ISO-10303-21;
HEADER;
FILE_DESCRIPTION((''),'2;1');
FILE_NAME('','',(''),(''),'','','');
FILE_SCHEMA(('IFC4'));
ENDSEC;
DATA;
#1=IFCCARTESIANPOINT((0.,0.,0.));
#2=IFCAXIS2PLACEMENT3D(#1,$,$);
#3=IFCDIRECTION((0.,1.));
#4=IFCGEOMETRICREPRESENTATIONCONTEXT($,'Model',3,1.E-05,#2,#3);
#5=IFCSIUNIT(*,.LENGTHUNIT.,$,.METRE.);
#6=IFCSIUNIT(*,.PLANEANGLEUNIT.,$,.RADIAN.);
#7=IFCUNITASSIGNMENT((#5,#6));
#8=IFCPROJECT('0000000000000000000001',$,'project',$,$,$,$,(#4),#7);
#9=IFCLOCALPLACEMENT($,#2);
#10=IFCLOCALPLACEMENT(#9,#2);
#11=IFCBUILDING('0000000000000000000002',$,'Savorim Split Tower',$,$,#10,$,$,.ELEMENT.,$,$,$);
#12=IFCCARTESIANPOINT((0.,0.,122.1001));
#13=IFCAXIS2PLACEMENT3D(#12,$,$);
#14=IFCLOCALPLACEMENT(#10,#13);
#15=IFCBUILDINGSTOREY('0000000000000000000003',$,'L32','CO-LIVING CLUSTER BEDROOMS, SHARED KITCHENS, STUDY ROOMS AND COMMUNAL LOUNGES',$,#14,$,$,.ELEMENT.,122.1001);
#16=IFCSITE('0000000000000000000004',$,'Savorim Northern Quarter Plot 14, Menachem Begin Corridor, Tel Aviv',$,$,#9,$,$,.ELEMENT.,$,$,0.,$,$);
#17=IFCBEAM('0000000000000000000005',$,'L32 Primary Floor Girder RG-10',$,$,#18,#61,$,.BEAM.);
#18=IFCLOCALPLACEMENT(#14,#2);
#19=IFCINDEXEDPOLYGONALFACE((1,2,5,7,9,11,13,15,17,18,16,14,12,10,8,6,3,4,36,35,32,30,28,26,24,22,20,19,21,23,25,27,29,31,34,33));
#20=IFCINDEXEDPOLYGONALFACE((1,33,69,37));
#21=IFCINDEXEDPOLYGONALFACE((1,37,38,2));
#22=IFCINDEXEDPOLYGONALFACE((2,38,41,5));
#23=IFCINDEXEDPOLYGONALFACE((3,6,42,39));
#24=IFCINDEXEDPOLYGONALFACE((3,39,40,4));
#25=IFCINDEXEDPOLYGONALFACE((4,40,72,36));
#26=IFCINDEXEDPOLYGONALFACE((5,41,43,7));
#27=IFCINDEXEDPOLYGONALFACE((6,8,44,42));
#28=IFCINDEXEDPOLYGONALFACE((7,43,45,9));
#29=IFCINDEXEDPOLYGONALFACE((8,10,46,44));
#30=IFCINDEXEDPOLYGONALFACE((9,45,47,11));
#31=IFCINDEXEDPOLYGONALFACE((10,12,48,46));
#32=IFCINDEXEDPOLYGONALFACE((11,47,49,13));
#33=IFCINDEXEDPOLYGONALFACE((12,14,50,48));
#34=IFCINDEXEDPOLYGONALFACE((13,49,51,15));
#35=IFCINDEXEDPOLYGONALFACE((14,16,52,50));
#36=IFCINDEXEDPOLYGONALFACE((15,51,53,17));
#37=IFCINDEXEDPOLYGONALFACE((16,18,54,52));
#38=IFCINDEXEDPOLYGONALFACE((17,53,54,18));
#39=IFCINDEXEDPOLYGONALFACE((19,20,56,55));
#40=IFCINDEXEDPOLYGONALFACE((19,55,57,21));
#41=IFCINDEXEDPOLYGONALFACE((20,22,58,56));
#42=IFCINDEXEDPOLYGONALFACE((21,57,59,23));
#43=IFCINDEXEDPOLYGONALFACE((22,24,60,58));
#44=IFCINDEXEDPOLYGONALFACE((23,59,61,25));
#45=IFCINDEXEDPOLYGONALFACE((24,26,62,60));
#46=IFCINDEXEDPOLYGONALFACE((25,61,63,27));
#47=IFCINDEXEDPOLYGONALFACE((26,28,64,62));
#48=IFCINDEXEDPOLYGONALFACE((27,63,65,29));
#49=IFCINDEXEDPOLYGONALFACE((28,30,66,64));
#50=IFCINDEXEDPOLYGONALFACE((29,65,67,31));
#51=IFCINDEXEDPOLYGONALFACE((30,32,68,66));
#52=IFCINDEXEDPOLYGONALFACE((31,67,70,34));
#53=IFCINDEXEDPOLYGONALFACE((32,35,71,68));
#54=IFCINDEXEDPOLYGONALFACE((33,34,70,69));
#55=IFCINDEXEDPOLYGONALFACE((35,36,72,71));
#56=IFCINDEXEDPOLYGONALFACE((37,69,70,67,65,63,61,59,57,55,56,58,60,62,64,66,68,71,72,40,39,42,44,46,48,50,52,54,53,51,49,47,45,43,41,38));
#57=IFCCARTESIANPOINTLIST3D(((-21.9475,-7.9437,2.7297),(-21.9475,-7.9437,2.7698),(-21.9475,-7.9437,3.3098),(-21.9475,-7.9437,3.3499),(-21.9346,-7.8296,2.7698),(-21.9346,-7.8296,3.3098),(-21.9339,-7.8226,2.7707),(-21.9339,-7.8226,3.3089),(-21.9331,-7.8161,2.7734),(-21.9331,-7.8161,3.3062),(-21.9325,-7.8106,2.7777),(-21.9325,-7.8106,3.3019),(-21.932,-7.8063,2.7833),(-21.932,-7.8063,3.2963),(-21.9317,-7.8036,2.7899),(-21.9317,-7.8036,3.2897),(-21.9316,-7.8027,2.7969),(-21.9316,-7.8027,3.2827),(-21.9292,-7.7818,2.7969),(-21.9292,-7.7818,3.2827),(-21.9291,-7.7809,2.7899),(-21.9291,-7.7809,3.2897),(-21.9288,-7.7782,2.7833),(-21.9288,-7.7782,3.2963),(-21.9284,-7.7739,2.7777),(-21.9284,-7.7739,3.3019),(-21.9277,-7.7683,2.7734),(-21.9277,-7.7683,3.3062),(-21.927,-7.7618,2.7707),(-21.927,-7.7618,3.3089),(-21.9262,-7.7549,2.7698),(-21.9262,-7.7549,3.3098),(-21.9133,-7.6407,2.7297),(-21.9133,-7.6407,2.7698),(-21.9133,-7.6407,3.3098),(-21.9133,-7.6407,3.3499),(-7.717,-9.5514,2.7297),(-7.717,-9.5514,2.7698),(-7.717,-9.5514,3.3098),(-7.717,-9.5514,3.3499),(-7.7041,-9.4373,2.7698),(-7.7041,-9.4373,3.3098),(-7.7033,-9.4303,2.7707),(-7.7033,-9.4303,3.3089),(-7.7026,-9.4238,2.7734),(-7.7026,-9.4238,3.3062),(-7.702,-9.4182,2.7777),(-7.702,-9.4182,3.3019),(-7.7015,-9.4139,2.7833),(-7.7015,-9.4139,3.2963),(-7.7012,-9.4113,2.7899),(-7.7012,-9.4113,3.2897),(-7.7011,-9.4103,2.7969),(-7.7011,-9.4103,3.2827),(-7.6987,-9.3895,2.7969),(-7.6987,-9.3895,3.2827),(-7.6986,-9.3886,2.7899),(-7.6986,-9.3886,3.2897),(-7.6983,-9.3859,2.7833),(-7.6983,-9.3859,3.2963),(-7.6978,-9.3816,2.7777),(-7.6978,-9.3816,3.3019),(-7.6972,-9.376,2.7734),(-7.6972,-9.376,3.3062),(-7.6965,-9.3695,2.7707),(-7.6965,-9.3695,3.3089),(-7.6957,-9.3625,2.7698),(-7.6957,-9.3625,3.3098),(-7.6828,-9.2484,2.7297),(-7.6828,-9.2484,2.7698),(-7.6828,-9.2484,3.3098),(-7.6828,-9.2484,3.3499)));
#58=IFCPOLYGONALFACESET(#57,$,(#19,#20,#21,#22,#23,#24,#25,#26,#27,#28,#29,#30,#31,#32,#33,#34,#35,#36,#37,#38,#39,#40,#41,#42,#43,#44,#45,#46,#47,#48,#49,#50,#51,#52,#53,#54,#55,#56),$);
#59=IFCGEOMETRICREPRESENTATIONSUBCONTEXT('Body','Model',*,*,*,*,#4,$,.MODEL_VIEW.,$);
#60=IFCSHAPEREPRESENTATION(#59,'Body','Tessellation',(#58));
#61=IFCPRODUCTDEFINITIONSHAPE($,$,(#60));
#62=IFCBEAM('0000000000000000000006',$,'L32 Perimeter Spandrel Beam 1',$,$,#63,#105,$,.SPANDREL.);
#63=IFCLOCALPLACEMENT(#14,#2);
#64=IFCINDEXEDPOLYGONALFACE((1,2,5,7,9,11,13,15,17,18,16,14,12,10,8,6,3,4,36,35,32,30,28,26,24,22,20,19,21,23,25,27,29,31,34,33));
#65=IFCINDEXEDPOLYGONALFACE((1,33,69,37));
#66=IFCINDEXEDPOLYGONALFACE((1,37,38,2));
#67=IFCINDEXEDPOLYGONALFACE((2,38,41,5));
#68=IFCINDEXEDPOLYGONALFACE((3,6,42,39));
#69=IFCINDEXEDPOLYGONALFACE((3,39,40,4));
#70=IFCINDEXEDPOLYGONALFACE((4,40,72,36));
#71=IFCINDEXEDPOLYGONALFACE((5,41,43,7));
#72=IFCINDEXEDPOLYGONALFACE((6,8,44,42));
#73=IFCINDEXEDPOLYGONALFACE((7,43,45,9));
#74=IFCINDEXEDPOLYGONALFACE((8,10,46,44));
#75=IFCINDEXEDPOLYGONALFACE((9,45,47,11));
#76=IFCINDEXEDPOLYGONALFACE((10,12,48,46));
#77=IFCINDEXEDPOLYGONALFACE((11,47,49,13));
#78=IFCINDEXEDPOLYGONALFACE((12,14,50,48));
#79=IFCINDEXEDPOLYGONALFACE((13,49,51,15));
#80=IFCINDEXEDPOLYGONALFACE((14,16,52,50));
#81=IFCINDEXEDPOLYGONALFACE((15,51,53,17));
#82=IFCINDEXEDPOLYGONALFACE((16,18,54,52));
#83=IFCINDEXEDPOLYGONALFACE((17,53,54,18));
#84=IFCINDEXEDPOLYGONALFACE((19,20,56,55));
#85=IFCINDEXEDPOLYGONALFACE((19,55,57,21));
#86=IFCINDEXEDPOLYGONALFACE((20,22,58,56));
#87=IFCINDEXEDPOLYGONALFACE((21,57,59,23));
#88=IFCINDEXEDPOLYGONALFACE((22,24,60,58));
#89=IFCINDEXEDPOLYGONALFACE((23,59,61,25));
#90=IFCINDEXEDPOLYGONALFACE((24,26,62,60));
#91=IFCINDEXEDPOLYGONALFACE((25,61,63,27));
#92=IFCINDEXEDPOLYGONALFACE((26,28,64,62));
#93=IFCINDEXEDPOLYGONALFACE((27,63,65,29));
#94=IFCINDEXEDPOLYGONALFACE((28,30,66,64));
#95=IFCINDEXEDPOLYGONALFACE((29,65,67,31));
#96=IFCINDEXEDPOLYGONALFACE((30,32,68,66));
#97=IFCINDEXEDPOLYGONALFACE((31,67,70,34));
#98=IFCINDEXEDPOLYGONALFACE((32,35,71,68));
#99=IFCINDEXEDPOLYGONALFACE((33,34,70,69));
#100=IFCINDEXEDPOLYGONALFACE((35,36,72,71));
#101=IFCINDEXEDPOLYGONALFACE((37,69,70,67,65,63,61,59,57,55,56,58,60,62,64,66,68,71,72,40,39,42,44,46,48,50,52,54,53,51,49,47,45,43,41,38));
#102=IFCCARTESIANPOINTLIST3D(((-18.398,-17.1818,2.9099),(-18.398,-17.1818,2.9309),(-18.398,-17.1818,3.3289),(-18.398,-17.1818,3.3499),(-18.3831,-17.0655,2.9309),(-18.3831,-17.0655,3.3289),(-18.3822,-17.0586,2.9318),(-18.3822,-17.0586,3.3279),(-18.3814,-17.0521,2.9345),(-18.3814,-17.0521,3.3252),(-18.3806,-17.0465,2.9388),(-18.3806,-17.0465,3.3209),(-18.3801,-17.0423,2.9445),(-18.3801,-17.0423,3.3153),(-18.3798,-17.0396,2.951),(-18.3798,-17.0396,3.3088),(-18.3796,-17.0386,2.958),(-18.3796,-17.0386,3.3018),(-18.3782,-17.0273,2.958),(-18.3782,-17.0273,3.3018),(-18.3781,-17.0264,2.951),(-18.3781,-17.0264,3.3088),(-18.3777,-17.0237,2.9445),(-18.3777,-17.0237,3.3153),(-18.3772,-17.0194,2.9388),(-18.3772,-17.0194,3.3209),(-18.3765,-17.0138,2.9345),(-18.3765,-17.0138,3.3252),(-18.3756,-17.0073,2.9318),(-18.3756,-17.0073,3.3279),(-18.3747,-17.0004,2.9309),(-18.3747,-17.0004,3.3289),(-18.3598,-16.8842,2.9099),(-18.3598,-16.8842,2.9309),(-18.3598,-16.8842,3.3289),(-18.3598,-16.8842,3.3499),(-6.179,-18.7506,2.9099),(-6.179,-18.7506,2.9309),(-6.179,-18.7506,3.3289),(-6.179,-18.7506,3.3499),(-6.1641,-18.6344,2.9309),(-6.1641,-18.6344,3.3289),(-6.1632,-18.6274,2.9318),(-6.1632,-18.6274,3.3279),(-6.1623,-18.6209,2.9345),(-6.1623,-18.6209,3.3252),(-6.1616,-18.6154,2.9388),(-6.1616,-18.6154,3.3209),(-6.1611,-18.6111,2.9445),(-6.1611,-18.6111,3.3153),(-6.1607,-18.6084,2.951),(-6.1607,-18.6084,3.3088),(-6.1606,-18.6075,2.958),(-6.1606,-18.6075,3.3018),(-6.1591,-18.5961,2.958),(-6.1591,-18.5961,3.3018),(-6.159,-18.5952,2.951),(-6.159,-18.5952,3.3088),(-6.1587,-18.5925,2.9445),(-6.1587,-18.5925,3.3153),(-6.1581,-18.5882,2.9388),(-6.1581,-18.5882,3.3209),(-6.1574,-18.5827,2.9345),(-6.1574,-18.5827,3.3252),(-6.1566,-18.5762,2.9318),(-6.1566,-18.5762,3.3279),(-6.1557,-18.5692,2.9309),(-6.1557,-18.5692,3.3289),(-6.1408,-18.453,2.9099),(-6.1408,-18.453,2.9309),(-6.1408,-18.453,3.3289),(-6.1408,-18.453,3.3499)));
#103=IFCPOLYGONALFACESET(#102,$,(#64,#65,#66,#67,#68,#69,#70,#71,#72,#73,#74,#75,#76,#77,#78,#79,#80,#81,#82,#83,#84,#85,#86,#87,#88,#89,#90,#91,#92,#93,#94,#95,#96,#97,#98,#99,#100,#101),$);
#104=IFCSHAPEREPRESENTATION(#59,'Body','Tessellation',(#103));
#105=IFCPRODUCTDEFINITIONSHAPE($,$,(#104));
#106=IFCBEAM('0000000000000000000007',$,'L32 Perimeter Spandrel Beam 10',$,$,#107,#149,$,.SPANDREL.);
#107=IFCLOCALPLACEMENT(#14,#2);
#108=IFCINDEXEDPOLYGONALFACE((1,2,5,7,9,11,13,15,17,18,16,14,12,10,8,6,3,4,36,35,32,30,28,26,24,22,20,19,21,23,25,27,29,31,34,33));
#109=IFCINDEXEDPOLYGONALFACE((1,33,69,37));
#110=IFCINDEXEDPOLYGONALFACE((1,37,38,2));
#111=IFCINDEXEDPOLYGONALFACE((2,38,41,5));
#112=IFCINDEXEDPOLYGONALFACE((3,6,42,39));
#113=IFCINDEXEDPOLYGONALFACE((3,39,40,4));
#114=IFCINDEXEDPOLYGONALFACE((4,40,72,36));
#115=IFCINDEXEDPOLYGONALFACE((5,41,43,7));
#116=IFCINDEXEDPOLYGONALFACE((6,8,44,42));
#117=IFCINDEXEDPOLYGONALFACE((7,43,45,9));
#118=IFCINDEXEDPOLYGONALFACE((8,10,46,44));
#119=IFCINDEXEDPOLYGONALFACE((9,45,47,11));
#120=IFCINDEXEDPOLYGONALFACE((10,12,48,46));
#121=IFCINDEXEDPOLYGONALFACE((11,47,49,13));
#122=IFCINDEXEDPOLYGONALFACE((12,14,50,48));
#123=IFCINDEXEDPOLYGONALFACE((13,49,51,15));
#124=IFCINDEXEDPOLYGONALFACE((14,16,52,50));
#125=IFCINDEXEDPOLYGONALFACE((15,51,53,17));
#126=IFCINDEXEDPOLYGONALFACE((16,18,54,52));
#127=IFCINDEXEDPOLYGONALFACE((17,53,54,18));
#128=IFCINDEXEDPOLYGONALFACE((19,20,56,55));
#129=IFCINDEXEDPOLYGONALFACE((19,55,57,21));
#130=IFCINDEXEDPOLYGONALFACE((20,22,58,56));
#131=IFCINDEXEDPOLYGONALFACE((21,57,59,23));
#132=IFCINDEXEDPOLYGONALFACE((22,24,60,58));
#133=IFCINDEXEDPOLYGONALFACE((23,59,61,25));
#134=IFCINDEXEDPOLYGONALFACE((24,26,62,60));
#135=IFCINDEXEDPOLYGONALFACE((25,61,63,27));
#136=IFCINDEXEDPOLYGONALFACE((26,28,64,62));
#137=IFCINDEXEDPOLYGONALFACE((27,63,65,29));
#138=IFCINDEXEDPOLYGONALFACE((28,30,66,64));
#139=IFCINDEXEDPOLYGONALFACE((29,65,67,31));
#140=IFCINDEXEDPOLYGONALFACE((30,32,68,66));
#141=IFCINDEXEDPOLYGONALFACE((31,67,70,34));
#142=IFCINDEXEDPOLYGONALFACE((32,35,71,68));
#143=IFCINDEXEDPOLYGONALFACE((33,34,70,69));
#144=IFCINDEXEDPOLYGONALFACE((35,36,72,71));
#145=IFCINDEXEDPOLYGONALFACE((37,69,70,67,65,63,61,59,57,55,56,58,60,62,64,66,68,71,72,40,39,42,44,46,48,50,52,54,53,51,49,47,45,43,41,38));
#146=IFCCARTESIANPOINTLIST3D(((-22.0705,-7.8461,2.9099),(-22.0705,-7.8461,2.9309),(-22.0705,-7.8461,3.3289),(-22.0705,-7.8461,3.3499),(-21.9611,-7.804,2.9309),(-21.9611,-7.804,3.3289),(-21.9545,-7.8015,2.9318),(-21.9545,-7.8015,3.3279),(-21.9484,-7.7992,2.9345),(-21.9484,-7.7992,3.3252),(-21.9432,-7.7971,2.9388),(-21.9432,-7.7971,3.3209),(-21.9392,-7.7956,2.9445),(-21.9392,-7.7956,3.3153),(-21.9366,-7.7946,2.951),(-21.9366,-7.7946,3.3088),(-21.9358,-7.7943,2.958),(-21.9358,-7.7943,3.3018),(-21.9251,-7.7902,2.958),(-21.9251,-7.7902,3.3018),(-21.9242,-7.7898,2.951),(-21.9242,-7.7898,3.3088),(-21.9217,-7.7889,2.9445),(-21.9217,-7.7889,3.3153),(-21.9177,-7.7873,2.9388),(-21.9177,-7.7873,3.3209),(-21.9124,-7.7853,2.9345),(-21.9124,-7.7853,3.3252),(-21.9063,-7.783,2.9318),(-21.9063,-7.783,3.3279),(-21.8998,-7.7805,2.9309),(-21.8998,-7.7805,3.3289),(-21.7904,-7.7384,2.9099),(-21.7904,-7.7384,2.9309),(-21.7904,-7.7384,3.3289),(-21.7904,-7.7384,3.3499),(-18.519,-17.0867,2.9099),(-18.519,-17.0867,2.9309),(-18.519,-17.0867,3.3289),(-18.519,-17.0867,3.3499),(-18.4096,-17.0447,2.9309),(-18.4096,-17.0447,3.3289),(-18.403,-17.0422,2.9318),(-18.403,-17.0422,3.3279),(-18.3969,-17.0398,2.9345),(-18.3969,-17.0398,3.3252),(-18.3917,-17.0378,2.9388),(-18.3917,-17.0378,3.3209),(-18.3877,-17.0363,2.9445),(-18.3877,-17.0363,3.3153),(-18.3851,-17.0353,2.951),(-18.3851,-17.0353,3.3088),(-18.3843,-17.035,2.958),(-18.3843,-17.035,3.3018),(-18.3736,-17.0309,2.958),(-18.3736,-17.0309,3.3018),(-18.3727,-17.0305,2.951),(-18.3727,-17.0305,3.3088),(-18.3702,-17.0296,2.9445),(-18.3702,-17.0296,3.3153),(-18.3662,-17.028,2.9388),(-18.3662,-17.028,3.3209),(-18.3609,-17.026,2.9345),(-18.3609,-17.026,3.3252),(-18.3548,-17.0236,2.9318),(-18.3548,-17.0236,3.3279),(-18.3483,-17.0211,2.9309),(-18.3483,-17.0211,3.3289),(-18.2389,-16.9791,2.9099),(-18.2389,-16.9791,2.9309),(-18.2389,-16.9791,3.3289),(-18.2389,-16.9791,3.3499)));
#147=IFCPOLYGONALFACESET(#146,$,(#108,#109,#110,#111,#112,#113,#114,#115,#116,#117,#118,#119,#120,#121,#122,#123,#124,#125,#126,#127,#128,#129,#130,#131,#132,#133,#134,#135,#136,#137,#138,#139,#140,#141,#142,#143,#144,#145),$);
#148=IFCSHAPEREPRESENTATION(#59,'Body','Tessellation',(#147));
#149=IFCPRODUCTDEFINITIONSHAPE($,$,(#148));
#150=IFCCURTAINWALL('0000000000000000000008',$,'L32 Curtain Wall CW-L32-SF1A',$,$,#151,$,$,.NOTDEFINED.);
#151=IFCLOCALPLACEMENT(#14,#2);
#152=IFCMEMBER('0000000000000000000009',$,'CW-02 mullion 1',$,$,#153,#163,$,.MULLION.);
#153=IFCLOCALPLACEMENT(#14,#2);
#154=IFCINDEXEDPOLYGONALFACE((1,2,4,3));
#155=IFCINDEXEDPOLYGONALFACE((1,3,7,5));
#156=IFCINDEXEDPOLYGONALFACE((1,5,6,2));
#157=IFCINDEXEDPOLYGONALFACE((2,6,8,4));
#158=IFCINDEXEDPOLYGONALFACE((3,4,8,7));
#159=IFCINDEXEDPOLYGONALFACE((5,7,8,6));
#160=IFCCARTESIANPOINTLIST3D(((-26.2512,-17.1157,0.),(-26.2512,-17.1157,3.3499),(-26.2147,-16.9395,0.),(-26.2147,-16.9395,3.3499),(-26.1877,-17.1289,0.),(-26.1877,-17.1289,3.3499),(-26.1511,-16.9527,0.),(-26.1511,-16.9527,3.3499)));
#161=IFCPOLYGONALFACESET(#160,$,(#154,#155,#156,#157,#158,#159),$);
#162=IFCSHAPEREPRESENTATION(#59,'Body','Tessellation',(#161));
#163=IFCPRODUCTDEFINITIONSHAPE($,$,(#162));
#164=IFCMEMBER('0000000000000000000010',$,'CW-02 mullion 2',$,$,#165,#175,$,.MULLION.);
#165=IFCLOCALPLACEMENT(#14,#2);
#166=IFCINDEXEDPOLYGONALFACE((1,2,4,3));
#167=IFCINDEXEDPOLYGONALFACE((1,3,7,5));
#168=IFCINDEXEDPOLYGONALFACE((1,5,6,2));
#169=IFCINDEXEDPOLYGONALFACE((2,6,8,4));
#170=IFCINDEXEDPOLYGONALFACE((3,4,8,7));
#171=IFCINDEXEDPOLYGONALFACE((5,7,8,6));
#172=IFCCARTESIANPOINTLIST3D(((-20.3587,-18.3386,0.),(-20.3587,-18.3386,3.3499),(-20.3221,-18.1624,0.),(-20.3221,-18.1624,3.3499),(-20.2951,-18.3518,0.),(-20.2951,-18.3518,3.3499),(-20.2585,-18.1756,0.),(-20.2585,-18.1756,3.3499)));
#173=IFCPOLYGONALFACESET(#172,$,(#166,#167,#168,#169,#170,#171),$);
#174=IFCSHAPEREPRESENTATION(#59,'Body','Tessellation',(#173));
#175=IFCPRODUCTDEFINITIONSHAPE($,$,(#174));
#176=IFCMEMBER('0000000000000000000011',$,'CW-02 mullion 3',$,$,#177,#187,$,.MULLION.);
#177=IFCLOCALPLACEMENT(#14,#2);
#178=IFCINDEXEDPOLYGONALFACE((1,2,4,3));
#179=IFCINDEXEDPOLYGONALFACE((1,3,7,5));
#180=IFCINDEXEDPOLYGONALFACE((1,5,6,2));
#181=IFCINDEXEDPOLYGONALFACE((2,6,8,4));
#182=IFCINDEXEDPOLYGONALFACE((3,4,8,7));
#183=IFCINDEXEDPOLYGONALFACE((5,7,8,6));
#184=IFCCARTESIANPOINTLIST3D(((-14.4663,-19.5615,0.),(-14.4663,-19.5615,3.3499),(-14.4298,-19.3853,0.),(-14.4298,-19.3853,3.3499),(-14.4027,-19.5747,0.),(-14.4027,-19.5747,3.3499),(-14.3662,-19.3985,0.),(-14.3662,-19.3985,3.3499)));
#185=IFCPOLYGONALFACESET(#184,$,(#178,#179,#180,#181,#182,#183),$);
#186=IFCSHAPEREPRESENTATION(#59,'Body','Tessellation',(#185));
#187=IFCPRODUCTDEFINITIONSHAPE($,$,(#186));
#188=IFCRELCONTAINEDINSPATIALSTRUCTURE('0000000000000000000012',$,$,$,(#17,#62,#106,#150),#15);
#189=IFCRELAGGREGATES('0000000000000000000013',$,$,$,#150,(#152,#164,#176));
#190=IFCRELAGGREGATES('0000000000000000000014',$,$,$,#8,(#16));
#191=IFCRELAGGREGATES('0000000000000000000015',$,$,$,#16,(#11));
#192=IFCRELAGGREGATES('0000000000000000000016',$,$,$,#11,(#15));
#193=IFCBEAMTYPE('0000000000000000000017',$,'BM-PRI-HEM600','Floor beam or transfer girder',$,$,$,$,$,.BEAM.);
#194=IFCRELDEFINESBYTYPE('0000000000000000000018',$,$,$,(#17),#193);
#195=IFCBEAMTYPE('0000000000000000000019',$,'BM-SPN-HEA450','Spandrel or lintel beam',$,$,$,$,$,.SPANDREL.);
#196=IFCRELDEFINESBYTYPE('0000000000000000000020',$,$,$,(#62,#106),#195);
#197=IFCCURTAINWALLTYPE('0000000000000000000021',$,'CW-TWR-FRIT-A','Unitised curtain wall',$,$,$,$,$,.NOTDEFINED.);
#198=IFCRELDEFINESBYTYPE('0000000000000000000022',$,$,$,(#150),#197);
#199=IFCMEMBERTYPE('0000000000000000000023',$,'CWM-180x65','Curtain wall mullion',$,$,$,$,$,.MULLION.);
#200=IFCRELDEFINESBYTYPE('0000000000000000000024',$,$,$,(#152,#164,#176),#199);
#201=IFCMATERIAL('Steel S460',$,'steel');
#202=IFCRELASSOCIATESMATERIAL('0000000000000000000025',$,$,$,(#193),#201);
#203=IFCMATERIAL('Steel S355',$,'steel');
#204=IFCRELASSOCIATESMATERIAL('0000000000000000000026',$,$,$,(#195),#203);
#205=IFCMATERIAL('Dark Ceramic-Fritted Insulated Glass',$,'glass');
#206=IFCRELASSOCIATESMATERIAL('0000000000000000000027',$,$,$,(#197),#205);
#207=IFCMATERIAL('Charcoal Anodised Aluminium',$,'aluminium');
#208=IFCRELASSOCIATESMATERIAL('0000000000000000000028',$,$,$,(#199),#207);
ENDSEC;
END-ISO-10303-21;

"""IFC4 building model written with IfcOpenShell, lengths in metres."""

from ifc_helpers import new_model, si_unit, direction, frame, origin, origin_2d, place, context, subcontext, project, spatial, rectangle, i_section, extrude, material, material_profile, profile_set, type_object, element, aggregate, save


model = new_model("IFC4")

# Units and contexts
model_context = context("Model", 3, precision=1e-05, world=origin(), true_north=direction((0.0, 1.0)))
body_context = subcontext(model_context, "Body", "Model", "MODEL_VIEW")
ifc_project = project(units=[si_unit("LENGTHUNIT", "METRE"), si_unit("PLANEANGLEUNIT", "RADIAN")], contexts=[model_context])

# Site, building, storey
site_placement = place(None, origin())
site = spatial("IfcSite", under=ifc_project, at=site_placement, Name="Savorim Northern Quarter Plot 14, Menachem Begin Corridor, Tel Aviv", CompositionType="ELEMENT", RefElevation=0.0)
building_placement = place(site_placement, origin())
building = spatial("IfcBuilding", under=site, at=building_placement, Name="Savorim Split Tower", CompositionType="ELEMENT")
storey_placement = place(building_placement, frame((0.0, 0.0, 122.1001)))
storey = spatial("IfcBuildingStorey", under=building, at=storey_placement, Name="L32", Description="CO-LIVING CLUSTER BEDROOMS, SHARED KITCHENS, STUDY ROOMS AND COMMUNAL LOUNGES", CompositionType="ELEMENT", Elevation=122.1001)

# Shared definitions
ifc_material_1 = material(Name="Steel S460", Category="steel")

# Beams
ifc_material_2 = material(Name="Steel S355", Category="steel")
ifc_material_profile_1 = material_profile(ifc_material_1, i_section(OverallWidth=0.3049, OverallDepth=0.6201, WebThickness=0.021, FlangeThickness=0.04, FilletRadius=0.0271, at=origin_2d()), Name="HE 600 M")
ifc_profile_set_1 = profile_set([ifc_material_profile_1], Name="Steel S460")
beam_type_1 = type_object("IfcBeamType", Name="BM-PRI-HEM600", Description="Floor beam or transfer girder", PredefinedType="BEAM", material=ifc_profile_set_1)
beam_1_placement = place(storey_placement, frame((-21.9304, -7.7922, 3.0398), z_axis=(0.993679, -0.112259, 0.0), x_axis=(0.112259, 0.993679, 0.0)))
element("IfcBeam", 1, at=beam_1_placement, inside=storey, type_object=beam_type_1, Name="L32 Primary Floor Girder RG-10", PredefinedType="BEAM", context=body_context, shape_type="SweptSolid", body=[
    extrude(i_section(OverallWidth=0.3049, OverallDepth=0.6201, WebThickness=0.021, FlangeThickness=0.04, FilletRadius=0.0271, at=origin_2d()), origin(), (0.0, 0.0, 1.0), 14.321),
])
ifc_material_profile_2 = material_profile(ifc_material_2, i_section(OverallWidth=0.3, OverallDepth=0.4399, WebThickness=0.0115, FlangeThickness=0.021, FilletRadius=0.0271, at=origin_2d()), Name="HEA 450")
ifc_profile_set_2 = profile_set([ifc_material_profile_2], Name="Steel S355")
beam_type_2 = type_object("IfcBeamType", Name="BM-SPN-HEA450", Description="Spandrel or lintel beam", PredefinedType="SPANDREL", material=ifc_profile_set_2)
beam_2_placement = place(storey_placement, frame((-18.3789, -17.033, 3.1299), z_axis=(0.991858, -0.127349, 0.0), x_axis=(0.127349, 0.991858, 0.0)))
element("IfcBeam", 2, at=beam_2_placement, inside=storey, type_object=beam_type_2, Name="L32 Perimeter Spandrel Beam 1", PredefinedType="SPANDREL", context=body_context, shape_type="SweptSolid", body=[
    extrude(i_section(OverallWidth=0.3, OverallDepth=0.4399, WebThickness=0.0115, FlangeThickness=0.021, FilletRadius=0.0271, at=origin_2d()), origin(), (0.0, 0.0, 1.0), 12.3193),
])
beam_3_placement = place(storey_placement, frame((-21.9304, -7.7922, 3.1299), z_axis=(0.358749, -0.933434, 0.0), x_axis=(0.933434, 0.358749, 0.0)))
element("IfcBeam", 3, at=beam_3_placement, inside=storey, type_object=beam_type_2, Name="L32 Perimeter Spandrel Beam 10", PredefinedType="SPANDREL", context=body_context, shape_type="SweptSolid", body=[
    extrude(i_section(OverallWidth=0.3, OverallDepth=0.4399, WebThickness=0.0115, FlangeThickness=0.021, FilletRadius=0.0271, at=origin_2d()), origin(), (0.0, 0.0, 1.0), 9.8997),
])

# Curtain wall, members
ifc_material_3 = material(Name="Dark Ceramic-Fritted Insulated Glass", Category="glass")
curtain_wall_type = type_object("IfcCurtainWallType", Name="CW-TWR-FRIT-A", Description="Unitised curtain wall", PredefinedType="NOTDEFINED", material=ifc_material_3)
curtain_wall_1_placement = place(storey_placement, origin())
curtain_wall_1 = element("IfcCurtainWall", 4, at=curtain_wall_1_placement, inside=storey, type_object=curtain_wall_type, Name="L32 Curtain Wall CW-L32-SF1A", PredefinedType="NOTDEFINED")
ifc_material_4 = material(Name="Charcoal Anodised Aluminium", Category="aluminium")
ifc_material_profile_3 = material_profile(ifc_material_4, rectangle(XDim=0.1799, YDim=0.0649, at=origin_2d()), Name="ALU-M 180x65")
ifc_profile_set_3 = profile_set([ifc_material_profile_3], Name="Charcoal Anodised Aluminium")
member_type_1 = type_object("IfcMemberType", Name="CWM-180x65", Description="Curtain wall mullion", PredefinedType="MULLION", material=ifc_profile_set_3)
member_1_placement = place(storey_placement, frame((-26.2012, -17.0342, 0.0), z_axis=(0.0, 0.0, 1.0), x_axis=(0.203216, 0.979134, 0.0)))
member_1 = element("IfcMember", 5, at=member_1_placement, type_object=member_type_1, Name="CW-02 mullion 1", PredefinedType="MULLION", context=body_context, shape_type="SweptSolid", body=[
    extrude(rectangle(XDim=0.1799, YDim=0.0649, at=origin_2d()), origin(), (0.0, 0.0, 1.0), 3.3499),
])
member_2_placement = place(storey_placement, frame((-20.3086, -18.2571, 0.0), z_axis=(0.0, 0.0, 1.0), x_axis=(0.203216, 0.979134, 0.0)))
member_2 = element("IfcMember", 6, at=member_2_placement, type_object=member_type_1, Name="CW-02 mullion 2", PredefinedType="MULLION", context=body_context, shape_type="SweptSolid", body=[
    extrude(rectangle(XDim=0.1799, YDim=0.0649, at=origin_2d()), origin(), (0.0, 0.0, 1.0), 3.3499),
])
member_3_placement = place(storey_placement, frame((-14.4163, -19.48, 0.0), z_axis=(0.0, 0.0, 1.0), x_axis=(0.203216, 0.979134, 0.0)))
member_3 = element("IfcMember", 7, at=member_3_placement, type_object=member_type_1, Name="CW-02 mullion 3", PredefinedType="MULLION", context=body_context, shape_type="SweptSolid", body=[
    extrude(rectangle(XDim=0.1799, YDim=0.0649, at=origin_2d()), origin(), (0.0, 0.0, 1.0), 3.3499),
])

aggregate(curtain_wall_1, [member_1, member_2, member_3])

save(model, "model.ifc")
